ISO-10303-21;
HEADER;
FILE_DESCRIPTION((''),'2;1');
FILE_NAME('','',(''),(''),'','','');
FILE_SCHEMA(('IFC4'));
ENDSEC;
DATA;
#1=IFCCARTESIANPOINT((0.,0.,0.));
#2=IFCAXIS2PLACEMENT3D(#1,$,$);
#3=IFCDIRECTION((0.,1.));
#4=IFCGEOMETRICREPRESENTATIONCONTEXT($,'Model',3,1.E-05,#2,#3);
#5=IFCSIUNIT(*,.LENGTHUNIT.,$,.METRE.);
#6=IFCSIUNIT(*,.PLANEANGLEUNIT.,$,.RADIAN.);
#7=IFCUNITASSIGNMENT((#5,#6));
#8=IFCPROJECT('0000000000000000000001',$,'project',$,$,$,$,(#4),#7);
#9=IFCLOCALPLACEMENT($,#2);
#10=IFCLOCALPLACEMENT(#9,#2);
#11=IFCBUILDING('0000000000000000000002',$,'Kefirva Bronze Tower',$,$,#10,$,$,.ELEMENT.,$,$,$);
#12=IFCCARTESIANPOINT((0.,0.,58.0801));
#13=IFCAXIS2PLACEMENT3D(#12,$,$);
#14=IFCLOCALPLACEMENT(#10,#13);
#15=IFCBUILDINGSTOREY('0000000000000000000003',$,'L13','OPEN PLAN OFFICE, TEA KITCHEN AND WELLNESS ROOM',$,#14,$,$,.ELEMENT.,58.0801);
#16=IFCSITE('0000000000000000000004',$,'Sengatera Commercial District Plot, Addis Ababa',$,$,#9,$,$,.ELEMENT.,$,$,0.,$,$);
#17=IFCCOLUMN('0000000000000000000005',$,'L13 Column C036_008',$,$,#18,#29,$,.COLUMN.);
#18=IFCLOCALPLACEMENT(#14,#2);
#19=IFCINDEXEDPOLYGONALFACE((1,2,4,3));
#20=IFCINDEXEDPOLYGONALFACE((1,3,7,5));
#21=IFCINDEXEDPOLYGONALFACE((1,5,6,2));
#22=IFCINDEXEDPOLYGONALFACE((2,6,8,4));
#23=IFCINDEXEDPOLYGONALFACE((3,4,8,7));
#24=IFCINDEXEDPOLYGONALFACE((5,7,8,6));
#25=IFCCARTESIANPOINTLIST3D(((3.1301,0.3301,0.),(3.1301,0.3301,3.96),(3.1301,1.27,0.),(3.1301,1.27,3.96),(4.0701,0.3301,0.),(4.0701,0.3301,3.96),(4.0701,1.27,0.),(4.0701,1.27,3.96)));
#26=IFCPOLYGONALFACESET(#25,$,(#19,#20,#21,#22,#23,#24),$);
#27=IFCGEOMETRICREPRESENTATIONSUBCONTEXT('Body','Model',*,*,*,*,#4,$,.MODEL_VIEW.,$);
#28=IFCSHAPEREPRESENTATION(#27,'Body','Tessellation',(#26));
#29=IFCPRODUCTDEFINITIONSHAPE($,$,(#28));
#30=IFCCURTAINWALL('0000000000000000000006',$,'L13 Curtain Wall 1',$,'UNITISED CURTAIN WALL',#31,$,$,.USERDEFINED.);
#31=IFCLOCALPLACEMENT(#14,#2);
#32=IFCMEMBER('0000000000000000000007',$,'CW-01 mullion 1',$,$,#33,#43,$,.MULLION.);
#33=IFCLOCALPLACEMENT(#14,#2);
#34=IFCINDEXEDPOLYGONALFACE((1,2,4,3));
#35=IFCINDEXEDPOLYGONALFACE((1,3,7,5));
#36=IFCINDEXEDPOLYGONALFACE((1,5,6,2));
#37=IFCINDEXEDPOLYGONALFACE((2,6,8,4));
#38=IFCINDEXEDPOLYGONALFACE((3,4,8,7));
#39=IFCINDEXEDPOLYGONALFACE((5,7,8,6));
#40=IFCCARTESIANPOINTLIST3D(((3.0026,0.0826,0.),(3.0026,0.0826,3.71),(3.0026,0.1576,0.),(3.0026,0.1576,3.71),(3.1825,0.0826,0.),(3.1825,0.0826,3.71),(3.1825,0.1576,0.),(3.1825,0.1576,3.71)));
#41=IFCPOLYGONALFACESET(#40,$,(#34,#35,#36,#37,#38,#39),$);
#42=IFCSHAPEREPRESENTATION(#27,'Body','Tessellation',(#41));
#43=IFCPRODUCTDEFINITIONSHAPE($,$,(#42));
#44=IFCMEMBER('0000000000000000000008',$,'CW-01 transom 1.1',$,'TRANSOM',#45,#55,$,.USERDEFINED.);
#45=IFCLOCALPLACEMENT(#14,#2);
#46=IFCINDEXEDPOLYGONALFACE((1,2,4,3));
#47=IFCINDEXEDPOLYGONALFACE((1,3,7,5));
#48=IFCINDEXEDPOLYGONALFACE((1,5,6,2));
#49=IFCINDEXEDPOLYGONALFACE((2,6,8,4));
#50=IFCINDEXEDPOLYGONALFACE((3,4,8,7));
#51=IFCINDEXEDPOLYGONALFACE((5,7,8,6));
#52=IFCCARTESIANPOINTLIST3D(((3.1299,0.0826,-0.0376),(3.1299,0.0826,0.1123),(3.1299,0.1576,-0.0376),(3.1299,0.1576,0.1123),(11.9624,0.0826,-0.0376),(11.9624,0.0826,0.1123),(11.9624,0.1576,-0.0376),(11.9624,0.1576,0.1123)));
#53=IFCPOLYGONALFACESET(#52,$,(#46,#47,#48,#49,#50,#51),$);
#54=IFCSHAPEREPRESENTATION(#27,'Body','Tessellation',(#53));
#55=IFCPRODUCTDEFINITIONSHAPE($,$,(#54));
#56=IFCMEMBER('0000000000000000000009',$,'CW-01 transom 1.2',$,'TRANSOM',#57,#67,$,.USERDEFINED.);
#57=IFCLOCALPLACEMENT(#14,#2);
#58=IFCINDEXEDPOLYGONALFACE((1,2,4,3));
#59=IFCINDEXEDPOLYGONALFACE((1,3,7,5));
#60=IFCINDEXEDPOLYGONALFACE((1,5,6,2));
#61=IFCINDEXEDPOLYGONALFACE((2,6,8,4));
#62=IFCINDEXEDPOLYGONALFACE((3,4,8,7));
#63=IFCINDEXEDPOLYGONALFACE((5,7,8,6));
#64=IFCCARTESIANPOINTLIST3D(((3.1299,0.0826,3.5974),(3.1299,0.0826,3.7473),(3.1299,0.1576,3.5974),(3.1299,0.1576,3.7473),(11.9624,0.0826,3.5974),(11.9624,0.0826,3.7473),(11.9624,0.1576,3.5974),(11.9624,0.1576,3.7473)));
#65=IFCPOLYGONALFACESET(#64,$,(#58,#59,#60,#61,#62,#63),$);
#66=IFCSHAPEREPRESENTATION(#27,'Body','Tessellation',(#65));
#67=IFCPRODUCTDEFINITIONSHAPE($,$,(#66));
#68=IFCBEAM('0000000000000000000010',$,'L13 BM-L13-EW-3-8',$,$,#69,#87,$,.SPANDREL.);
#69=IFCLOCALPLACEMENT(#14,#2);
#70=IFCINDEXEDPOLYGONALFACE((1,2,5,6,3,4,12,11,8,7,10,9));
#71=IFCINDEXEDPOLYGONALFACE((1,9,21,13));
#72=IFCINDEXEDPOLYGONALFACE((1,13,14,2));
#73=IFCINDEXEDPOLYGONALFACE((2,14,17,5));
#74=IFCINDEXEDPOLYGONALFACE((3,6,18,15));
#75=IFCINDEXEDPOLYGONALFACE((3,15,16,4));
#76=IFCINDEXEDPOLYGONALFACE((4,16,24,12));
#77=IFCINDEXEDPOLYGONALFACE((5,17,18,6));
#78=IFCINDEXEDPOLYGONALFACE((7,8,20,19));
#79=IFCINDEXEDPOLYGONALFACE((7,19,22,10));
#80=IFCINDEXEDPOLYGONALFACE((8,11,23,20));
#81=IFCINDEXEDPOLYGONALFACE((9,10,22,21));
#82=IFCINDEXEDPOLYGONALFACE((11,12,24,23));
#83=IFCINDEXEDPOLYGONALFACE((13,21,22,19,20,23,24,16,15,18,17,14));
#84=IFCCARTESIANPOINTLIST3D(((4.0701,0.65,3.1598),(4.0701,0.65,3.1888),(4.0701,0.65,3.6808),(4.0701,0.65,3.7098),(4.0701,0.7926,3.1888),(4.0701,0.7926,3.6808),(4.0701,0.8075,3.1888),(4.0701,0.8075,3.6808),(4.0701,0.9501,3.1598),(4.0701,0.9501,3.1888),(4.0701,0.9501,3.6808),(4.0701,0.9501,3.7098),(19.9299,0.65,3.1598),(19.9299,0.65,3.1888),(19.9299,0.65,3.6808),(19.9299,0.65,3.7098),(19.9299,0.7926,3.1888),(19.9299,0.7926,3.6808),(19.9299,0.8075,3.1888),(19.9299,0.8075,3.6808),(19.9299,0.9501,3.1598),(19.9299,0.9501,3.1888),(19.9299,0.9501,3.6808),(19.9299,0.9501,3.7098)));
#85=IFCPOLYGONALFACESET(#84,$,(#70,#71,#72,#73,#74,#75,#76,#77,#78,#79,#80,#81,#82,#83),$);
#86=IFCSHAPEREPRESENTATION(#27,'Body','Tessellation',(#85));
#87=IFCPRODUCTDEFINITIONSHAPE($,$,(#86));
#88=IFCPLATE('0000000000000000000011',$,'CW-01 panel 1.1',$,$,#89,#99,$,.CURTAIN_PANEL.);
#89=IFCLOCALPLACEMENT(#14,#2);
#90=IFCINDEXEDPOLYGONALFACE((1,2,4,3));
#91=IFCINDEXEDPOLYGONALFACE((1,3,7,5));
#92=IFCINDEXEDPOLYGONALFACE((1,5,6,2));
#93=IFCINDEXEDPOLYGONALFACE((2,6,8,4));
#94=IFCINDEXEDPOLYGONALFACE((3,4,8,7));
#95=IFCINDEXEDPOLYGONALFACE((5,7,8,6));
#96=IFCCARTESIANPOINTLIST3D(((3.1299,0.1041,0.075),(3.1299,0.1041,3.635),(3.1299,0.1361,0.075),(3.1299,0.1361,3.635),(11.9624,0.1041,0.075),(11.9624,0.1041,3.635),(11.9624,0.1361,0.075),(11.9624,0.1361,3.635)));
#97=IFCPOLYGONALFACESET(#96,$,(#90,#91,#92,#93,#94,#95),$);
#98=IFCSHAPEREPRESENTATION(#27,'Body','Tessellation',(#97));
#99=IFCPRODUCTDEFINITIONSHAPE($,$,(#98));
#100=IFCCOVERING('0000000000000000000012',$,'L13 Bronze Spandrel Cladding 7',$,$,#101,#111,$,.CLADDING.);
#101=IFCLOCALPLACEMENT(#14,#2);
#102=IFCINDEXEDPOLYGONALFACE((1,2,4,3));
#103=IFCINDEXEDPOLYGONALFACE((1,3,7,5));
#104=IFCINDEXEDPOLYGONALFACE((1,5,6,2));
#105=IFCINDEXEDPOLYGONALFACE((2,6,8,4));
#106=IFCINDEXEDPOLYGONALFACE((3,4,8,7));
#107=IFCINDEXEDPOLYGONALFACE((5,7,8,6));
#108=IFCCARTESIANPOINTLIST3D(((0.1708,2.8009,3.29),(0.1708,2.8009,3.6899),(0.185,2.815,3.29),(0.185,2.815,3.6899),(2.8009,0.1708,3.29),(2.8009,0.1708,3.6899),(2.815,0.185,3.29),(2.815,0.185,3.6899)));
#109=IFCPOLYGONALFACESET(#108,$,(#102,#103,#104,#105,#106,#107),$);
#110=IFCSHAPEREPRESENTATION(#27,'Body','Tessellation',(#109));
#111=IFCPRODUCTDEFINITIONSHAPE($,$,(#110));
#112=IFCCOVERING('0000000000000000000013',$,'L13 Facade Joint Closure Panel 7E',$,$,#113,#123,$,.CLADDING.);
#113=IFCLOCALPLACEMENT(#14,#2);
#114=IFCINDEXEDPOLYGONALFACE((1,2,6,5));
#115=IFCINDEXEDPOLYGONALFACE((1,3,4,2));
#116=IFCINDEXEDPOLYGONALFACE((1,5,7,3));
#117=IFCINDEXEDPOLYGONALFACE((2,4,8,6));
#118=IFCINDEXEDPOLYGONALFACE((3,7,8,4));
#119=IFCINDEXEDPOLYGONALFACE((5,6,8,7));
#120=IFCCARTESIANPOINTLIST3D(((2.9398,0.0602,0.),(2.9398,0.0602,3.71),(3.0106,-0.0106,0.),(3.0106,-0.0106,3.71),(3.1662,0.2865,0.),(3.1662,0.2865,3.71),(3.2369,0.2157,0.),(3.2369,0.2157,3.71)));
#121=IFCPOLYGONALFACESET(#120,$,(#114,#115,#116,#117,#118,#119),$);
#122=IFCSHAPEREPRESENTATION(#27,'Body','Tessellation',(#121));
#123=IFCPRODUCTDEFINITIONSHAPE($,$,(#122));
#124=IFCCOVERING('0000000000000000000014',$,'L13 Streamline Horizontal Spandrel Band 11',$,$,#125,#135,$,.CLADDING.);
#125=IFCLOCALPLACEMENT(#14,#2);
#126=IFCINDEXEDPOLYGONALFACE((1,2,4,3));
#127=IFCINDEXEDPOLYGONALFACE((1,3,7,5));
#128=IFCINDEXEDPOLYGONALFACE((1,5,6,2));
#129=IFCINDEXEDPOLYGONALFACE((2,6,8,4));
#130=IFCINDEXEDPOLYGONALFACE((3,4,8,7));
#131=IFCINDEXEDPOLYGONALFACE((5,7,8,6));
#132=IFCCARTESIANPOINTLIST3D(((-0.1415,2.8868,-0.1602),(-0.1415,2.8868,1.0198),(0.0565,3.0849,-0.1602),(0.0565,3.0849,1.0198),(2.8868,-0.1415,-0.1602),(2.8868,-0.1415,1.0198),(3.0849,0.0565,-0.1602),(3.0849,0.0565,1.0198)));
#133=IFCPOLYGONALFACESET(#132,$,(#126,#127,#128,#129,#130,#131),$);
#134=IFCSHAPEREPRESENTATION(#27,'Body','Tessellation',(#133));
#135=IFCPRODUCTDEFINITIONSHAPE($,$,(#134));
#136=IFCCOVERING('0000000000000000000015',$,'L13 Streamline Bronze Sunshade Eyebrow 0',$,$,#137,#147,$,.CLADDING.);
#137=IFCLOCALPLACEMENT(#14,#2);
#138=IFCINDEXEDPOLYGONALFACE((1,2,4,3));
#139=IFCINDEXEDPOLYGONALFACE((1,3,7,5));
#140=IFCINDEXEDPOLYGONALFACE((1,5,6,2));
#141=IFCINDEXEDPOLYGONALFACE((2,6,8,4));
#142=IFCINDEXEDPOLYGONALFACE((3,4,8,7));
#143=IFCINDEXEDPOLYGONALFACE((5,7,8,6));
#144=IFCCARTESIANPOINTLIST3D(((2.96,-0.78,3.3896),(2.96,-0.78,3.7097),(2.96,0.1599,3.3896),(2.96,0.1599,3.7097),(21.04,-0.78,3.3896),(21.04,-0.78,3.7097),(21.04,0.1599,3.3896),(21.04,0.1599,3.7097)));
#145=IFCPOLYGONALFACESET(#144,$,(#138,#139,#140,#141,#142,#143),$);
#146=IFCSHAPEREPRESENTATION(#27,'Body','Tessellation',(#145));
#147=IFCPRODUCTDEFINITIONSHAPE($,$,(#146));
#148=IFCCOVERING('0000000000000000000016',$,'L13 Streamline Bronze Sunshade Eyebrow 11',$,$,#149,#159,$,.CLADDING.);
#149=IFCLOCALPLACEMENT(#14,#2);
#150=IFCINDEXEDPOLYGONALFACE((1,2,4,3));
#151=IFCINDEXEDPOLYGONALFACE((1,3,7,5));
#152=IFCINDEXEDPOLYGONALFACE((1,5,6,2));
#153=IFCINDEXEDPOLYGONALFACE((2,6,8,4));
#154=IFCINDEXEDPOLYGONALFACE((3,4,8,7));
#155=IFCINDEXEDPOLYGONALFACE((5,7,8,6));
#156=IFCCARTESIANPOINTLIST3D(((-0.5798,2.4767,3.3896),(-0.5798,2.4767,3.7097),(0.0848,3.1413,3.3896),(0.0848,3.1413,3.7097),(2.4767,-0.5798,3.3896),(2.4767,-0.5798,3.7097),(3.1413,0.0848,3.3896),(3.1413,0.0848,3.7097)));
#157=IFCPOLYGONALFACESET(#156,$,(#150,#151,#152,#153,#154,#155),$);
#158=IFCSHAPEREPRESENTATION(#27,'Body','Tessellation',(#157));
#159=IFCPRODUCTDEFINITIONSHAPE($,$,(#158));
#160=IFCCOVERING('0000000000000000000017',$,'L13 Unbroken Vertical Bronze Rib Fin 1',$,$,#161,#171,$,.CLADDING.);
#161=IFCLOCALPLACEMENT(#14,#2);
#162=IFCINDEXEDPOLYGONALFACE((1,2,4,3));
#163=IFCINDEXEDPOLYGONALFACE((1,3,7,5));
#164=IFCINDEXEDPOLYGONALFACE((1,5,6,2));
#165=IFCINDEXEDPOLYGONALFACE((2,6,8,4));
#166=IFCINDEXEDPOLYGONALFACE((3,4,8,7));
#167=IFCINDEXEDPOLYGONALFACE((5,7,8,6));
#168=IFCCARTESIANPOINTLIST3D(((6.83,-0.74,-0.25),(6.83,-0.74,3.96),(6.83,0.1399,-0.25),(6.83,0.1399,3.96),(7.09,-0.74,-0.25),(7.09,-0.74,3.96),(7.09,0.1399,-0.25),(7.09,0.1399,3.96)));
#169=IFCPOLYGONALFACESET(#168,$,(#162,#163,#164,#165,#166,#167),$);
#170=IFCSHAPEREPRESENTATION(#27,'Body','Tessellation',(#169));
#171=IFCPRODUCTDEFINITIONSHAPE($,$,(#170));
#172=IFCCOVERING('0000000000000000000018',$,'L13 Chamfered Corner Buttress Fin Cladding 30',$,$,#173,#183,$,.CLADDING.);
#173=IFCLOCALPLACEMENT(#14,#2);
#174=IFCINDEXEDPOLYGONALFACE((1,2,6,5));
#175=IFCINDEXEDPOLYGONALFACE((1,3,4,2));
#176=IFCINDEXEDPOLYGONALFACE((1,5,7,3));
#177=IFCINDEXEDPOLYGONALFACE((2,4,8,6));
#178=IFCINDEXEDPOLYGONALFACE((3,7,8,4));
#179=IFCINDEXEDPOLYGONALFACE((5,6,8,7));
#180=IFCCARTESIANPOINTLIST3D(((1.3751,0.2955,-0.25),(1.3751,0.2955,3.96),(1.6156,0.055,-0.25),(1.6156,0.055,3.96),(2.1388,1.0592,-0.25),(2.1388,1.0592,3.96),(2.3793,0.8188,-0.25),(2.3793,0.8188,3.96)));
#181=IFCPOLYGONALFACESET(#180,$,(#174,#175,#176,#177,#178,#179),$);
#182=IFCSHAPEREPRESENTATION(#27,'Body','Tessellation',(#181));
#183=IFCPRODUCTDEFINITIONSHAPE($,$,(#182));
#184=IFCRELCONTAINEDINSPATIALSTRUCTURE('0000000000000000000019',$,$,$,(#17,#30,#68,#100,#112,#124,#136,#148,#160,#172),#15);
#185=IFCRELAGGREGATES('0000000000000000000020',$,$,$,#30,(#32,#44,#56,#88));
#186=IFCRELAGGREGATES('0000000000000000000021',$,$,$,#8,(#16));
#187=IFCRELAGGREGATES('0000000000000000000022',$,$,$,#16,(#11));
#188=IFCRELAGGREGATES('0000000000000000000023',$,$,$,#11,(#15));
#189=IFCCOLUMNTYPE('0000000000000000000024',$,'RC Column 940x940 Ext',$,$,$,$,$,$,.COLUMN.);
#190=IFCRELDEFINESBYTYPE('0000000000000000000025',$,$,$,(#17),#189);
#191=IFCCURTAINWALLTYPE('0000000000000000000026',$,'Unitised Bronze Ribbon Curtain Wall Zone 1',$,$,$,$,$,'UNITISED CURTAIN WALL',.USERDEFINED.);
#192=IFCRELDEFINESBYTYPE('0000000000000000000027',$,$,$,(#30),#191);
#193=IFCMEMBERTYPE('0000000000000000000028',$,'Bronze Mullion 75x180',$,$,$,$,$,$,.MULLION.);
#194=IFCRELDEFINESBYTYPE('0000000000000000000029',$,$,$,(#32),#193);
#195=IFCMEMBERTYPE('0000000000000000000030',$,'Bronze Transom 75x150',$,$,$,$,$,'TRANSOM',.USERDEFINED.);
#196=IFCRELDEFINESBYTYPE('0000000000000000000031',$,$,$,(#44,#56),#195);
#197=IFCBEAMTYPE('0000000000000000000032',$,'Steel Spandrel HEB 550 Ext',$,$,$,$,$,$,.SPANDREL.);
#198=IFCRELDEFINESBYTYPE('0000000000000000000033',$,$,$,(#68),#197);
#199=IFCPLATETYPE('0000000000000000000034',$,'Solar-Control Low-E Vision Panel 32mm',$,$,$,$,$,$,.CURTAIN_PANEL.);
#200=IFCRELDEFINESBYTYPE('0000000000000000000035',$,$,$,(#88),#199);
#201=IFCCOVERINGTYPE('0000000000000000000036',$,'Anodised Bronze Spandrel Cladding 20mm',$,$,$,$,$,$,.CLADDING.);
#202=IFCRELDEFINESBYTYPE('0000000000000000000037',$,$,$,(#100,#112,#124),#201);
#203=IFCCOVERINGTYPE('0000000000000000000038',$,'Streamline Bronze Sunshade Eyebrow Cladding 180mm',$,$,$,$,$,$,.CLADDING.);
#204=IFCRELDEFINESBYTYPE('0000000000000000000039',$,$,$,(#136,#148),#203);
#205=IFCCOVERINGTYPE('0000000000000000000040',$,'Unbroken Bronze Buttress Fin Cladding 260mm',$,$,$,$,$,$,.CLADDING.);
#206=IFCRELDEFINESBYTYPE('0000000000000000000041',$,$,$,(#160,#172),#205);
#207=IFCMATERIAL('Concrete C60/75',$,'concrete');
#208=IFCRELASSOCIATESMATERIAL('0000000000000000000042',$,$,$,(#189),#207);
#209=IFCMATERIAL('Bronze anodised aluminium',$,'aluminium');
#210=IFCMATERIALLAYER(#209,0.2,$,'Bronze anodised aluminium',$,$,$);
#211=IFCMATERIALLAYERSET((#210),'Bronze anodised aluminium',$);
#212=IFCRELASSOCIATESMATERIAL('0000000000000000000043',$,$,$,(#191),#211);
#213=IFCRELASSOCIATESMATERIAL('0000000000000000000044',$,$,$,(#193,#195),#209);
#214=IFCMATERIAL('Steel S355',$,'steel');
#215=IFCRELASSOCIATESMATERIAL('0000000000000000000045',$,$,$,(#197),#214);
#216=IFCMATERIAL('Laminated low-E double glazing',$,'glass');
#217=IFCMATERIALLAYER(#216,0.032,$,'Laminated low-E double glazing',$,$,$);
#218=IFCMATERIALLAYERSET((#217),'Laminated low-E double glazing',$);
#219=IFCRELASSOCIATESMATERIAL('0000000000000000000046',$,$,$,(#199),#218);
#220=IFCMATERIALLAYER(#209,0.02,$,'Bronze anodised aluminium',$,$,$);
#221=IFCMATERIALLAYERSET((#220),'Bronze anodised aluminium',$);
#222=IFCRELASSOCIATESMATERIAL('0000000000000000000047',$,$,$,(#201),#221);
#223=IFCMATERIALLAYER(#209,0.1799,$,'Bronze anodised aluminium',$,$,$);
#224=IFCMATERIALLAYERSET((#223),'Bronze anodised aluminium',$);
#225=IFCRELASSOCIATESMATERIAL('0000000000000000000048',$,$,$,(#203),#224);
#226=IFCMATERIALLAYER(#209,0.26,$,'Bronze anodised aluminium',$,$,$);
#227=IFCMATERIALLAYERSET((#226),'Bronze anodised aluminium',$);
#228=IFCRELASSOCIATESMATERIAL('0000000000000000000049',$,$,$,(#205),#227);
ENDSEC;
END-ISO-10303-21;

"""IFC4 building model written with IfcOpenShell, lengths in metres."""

from ifc_helpers import new_model, si_unit, direction, frame, origin, origin_2d, place, context, subcontext, project, spatial, rectangle, i_section, extrude, material, layer, layer_set, material_profile, profile_set, type_object, element, aggregate, save


model = new_model("IFC4")

# Units and contexts
model_context = context("Model", 3, precision=1e-05, world=origin(), true_north=direction((0.0, 1.0)))
body_context = subcontext(model_context, "Body", "Model", "MODEL_VIEW")
ifc_project = project(units=[si_unit("LENGTHUNIT", "METRE"), si_unit("PLANEANGLEUNIT", "RADIAN")], contexts=[model_context])

# Site, building, storey
site_placement = place(None, origin())
site = spatial("IfcSite", under=ifc_project, at=site_placement, Name="Sengatera Commercial District Plot, Addis Ababa", CompositionType="ELEMENT", RefElevation=0.0)
building_placement = place(site_placement, origin())
building = spatial("IfcBuilding", under=site, at=building_placement, Name="Kefirva Bronze Tower", CompositionType="ELEMENT")
storey_placement = place(building_placement, frame((0.0, 0.0, 58.0801)))
storey = spatial("IfcBuildingStorey", under=building, at=storey_placement, Name="L13", Description="OPEN PLAN OFFICE, TEA KITCHEN AND WELLNESS ROOM", CompositionType="ELEMENT", Elevation=58.0801)

# Column
ifc_material_1 = material(Name="Concrete C60/75", Category="concrete")
ifc_material_profile_1 = material_profile(ifc_material_1, rectangle(XDim=0.9399, YDim=0.9399, at=origin_2d()), Name="RC 940x940")
ifc_profile_set_1 = profile_set([ifc_material_profile_1], Name="Concrete C60/75")
column_type = type_object("IfcColumnType", Name="RC Column 940x940 Ext", PredefinedType="COLUMN", material=ifc_profile_set_1)
column_placement = place(storey_placement, frame((3.6001, 0.8, 0.0), z_axis=(0.0, 0.0, 1.0), x_axis=(1.0, 0.0, 0.0)))
element("IfcColumn", 1, at=column_placement, inside=storey, type_object=column_type, Name="L13 Column C036_008", PredefinedType="COLUMN", context=body_context, shape_type="SweptSolid", body=[
    extrude(rectangle(XDim=0.9399, YDim=0.9399, at=origin_2d()), origin(), (0.0, 0.0, 1.0), 3.96),
])

# Curtain wall, members
ifc_material_2 = material(Name="Bronze anodised aluminium", Category="aluminium")
ifc_layer_1 = layer(ifc_material_2, 0.2, Name="Bronze anodised aluminium")
ifc_layer_set_1 = layer_set([ifc_layer_1], Name="Bronze anodised aluminium")
curtain_wall_type = type_object("IfcCurtainWallType", Name="Unitised Bronze Ribbon Curtain Wall Zone 1", ElementType="UNITISED CURTAIN WALL", PredefinedType="USERDEFINED", material=ifc_layer_set_1)
curtain_wall_placement = place(storey_placement, origin())
curtain_wall = element("IfcCurtainWall", 2, at=curtain_wall_placement, inside=storey, type_object=curtain_wall_type, Name="L13 Curtain Wall 1", ObjectType="UNITISED CURTAIN WALL", PredefinedType="USERDEFINED")
ifc_material_profile_2 = material_profile(ifc_material_2, rectangle(XDim=0.075, YDim=0.1799, at=origin_2d()), Name="ALU 75x180")
ifc_profile_set_2 = profile_set([ifc_material_profile_2], Name="Bronze anodised aluminium")
member_type_1 = type_object("IfcMemberType", Name="Bronze Mullion 75x180", PredefinedType="MULLION", material=ifc_profile_set_2)
member_1_placement = place(storey_placement, frame((3.0925, 0.1201, 0.0), z_axis=(0.0, 0.0, 1.0), x_axis=(0.0, 1.0, 0.0)))
member_1 = element("IfcMember", 3, at=member_1_placement, type_object=member_type_1, Name="CW-01 mullion 1", PredefinedType="MULLION", context=body_context, shape_type="SweptSolid", body=[
    extrude(rectangle(XDim=0.075, YDim=0.1799, at=origin_2d()), origin(), (0.0, 0.0, 1.0), 3.71),
])
ifc_material_profile_3 = material_profile(ifc_material_2, rectangle(XDim=0.075, YDim=0.1499, at=origin_2d()), Name="ALU 75x150")
ifc_profile_set_3 = profile_set([ifc_material_profile_3], Name="Bronze anodised aluminium")
member_type_2 = type_object("IfcMemberType", Name="Bronze Transom 75x150", ElementType="TRANSOM", PredefinedType="USERDEFINED", material=ifc_profile_set_3)
member_2_placement = place(storey_placement, frame((3.1299, 0.1201, 0.0374), z_axis=(1.0, 0.0, 0.0), x_axis=(0.0, 1.0, 0.0)))
member_2 = element("IfcMember", 4, at=member_2_placement, type_object=member_type_2, Name="CW-01 transom 1.1", ObjectType="TRANSOM", PredefinedType="USERDEFINED", context=body_context, shape_type="SweptSolid", body=[
    extrude(rectangle(XDim=0.075, YDim=0.1499, at=origin_2d()), origin(), (0.0, 0.0, 1.0), 8.8325),
])
member_3_placement = place(storey_placement, frame((3.1299, 0.1201, 3.6724), z_axis=(1.0, 0.0, 0.0), x_axis=(0.0, 1.0, 0.0)))
member_3 = element("IfcMember", 5, at=member_3_placement, type_object=member_type_2, Name="CW-01 transom 1.2", ObjectType="TRANSOM", PredefinedType="USERDEFINED", context=body_context, shape_type="SweptSolid", body=[
    extrude(rectangle(XDim=0.075, YDim=0.1499, at=origin_2d()), origin(), (0.0, 0.0, 1.0), 8.8325),
])

# Beam
ifc_material_3 = material(Name="Steel S355", Category="steel")
ifc_material_profile_4 = material_profile(ifc_material_3, i_section(OverallWidth=0.3, OverallDepth=0.55, WebThickness=0.0149, FlangeThickness=0.0291, at=origin_2d()), Name="HEB 550")
ifc_profile_set_4 = profile_set([ifc_material_profile_4], Name="Steel S355")
beam_type = type_object("IfcBeamType", Name="Steel Spandrel HEB 550 Ext", PredefinedType="SPANDREL", material=ifc_profile_set_4)
beam_placement = place(storey_placement, frame((4.0701, 0.8, 3.4348), z_axis=(1.0, 0.0, 0.0), x_axis=(0.0, 1.0, 0.0)))
element("IfcBeam", 6, at=beam_placement, inside=storey, type_object=beam_type, Name="L13 BM-L13-EW-3-8", PredefinedType="SPANDREL", context=body_context, shape_type="SweptSolid", body=[
    extrude(i_section(OverallWidth=0.3, OverallDepth=0.55, WebThickness=0.0149, FlangeThickness=0.0291, at=origin_2d()), origin(), (0.0, 0.0, 1.0), 15.8599),
])

# Plate
ifc_material_4 = material(Name="Laminated low-E double glazing", Category="glass")
ifc_layer_2 = layer(ifc_material_4, 0.032, Name="Laminated low-E double glazing")
ifc_layer_set_2 = layer_set([ifc_layer_2], Name="Laminated low-E double glazing")
plate_type = type_object("IfcPlateType", Name="Solar-Control Low-E Vision Panel 32mm", PredefinedType="CURTAIN_PANEL", material=ifc_layer_set_2)
plate_placement = place(storey_placement, frame((7.5461, 0.1201, 0.075), z_axis=(0.0, 0.0, 1.0), x_axis=(1.0, 0.0, 0.0)))
plate = element("IfcPlate", 7, at=plate_placement, type_object=plate_type, Name="CW-01 panel 1.1", PredefinedType="CURTAIN_PANEL", context=body_context, shape_type="SweptSolid", body=[
    extrude(rectangle(XDim=8.8325, YDim=0.032, at=origin_2d()), origin(), (0.0, 0.0, 1.0), 3.5601),
])
aggregate(curtain_wall, [member_1, member_2, member_3, plate])

# Coverings
ifc_layer_3 = layer(ifc_material_2, 0.02, Name="Bronze anodised aluminium")
ifc_layer_set_3 = layer_set([ifc_layer_3], Name="Bronze anodised aluminium")
covering_type_1 = type_object("IfcCoveringType", Name="Anodised Bronze Spandrel Cladding 20mm", PredefinedType="CLADDING", material=ifc_layer_set_3)
covering_1_placement = place(storey_placement, frame((1.4929, 1.4929, 3.29), z_axis=(0.0, 0.0, 1.0), x_axis=(0.707107, -0.707107, 0.0)))
element("IfcCovering", 8, at=covering_1_placement, inside=storey, type_object=covering_type_1, Name="L13 Bronze Spandrel Cladding 7", PredefinedType="CLADDING", context=body_context, shape_type="SweptSolid", body=[
    extrude(rectangle(XDim=3.7195, YDim=0.02, at=origin_2d()), origin(), (0.0, 0.0, 1.0), 0.3999),
])
covering_2_placement = place(storey_placement, frame((3.0884, 0.1379, 0.0), z_axis=(0.0, 0.0, 1.0), x_axis=(0.707107, -0.707107, 0.0)))
element("IfcCovering", 9, at=covering_2_placement, inside=storey, type_object=covering_type_1, Name="L13 Facade Joint Closure Panel 7E", PredefinedType="CLADDING", context=body_context, shape_type="SweptSolid", body=[
    extrude(rectangle(XDim=0.1001, YDim=0.3201, at=origin_2d()), origin(), (0.0, 0.0, 1.0), 3.71),
])
covering_3_placement = place(storey_placement, frame((1.4717, 1.4717, -0.1602), z_axis=(0.0, 0.0, 1.0), x_axis=(0.707107, -0.707107, 0.0)))
element("IfcCovering", 10, at=covering_3_placement, inside=storey, type_object=covering_type_1, Name="L13 Streamline Horizontal Spandrel Band 11", PredefinedType="CLADDING", context=body_context, shape_type="SweptSolid", body=[
    extrude(rectangle(XDim=4.2827, YDim=0.28, at=origin_2d()), origin(), (0.0, 0.0, 1.0), 1.1799),
])
ifc_layer_4 = layer(ifc_material_2, 0.1799, Name="Bronze anodised aluminium")
ifc_layer_set_4 = layer_set([ifc_layer_4], Name="Bronze anodised aluminium")
covering_type_2 = type_object("IfcCoveringType", Name="Streamline Bronze Sunshade Eyebrow Cladding 180mm", PredefinedType="CLADDING", material=ifc_layer_set_4)
covering_4_placement = place(storey_placement, frame((12.0, -0.3101, 3.3896), z_axis=(0.0, 0.0, 1.0), x_axis=(1.0, 0.0, 0.0)))
element("IfcCovering", 11, at=covering_4_placement, inside=storey, type_object=covering_type_2, Name="L13 Streamline Bronze Sunshade Eyebrow 0", PredefinedType="CLADDING", context=body_context, shape_type="SweptSolid", body=[
    extrude(rectangle(XDim=18.0801, YDim=0.9399, at=origin_2d()), origin(), (0.0, 0.0, 1.0), 0.3201),
])
covering_5_placement = place(storey_placement, frame((1.2808, 1.2808, 3.3896), z_axis=(0.0, 0.0, 1.0), x_axis=(0.707107, -0.707107, 0.0)))
element("IfcCovering", 12, at=covering_5_placement, inside=storey, type_object=covering_type_2, Name="L13 Streamline Bronze Sunshade Eyebrow 11", PredefinedType="CLADDING", context=body_context, shape_type="SweptSolid", body=[
    extrude(rectangle(XDim=4.3225, YDim=0.9399, at=origin_2d()), origin(), (0.0, 0.0, 1.0), 0.3201),
])
ifc_layer_5 = layer(ifc_material_2, 0.26, Name="Bronze anodised aluminium")
ifc_layer_set_5 = layer_set([ifc_layer_5], Name="Bronze anodised aluminium")
covering_type_3 = type_object("IfcCoveringType", Name="Unbroken Bronze Buttress Fin Cladding 260mm", PredefinedType="CLADDING", material=ifc_layer_set_5)
covering_6_placement = place(storey_placement, frame((6.96, -0.3, -0.25), z_axis=(0.0, 0.0, 1.0), x_axis=(1.0, 0.0, 0.0)))
element("IfcCovering", 13, at=covering_6_placement, inside=storey, type_object=covering_type_3, Name="L13 Unbroken Vertical Bronze Rib Fin 1", PredefinedType="CLADDING", context=body_context, shape_type="SweptSolid", body=[
    extrude(rectangle(XDim=0.26, YDim=0.8799, at=origin_2d()), origin(), (0.0, 0.0, 1.0), 4.21),
])
covering_7_placement = place(storey_placement, frame((1.8772, 0.5571, -0.25), z_axis=(0.0, 0.0, 1.0), x_axis=(0.707107, -0.707107, 0.0)))
element("IfcCovering", 14, at=covering_7_placement, inside=storey, type_object=covering_type_3, Name="L13 Chamfered Corner Buttress Fin Cladding 30", PredefinedType="CLADDING", context=body_context, shape_type="SweptSolid", body=[
    extrude(rectangle(XDim=0.3401, YDim=1.0801, at=origin_2d()), origin(), (0.0, 0.0, 1.0), 4.21),
])

save(model, "model.ifc")
